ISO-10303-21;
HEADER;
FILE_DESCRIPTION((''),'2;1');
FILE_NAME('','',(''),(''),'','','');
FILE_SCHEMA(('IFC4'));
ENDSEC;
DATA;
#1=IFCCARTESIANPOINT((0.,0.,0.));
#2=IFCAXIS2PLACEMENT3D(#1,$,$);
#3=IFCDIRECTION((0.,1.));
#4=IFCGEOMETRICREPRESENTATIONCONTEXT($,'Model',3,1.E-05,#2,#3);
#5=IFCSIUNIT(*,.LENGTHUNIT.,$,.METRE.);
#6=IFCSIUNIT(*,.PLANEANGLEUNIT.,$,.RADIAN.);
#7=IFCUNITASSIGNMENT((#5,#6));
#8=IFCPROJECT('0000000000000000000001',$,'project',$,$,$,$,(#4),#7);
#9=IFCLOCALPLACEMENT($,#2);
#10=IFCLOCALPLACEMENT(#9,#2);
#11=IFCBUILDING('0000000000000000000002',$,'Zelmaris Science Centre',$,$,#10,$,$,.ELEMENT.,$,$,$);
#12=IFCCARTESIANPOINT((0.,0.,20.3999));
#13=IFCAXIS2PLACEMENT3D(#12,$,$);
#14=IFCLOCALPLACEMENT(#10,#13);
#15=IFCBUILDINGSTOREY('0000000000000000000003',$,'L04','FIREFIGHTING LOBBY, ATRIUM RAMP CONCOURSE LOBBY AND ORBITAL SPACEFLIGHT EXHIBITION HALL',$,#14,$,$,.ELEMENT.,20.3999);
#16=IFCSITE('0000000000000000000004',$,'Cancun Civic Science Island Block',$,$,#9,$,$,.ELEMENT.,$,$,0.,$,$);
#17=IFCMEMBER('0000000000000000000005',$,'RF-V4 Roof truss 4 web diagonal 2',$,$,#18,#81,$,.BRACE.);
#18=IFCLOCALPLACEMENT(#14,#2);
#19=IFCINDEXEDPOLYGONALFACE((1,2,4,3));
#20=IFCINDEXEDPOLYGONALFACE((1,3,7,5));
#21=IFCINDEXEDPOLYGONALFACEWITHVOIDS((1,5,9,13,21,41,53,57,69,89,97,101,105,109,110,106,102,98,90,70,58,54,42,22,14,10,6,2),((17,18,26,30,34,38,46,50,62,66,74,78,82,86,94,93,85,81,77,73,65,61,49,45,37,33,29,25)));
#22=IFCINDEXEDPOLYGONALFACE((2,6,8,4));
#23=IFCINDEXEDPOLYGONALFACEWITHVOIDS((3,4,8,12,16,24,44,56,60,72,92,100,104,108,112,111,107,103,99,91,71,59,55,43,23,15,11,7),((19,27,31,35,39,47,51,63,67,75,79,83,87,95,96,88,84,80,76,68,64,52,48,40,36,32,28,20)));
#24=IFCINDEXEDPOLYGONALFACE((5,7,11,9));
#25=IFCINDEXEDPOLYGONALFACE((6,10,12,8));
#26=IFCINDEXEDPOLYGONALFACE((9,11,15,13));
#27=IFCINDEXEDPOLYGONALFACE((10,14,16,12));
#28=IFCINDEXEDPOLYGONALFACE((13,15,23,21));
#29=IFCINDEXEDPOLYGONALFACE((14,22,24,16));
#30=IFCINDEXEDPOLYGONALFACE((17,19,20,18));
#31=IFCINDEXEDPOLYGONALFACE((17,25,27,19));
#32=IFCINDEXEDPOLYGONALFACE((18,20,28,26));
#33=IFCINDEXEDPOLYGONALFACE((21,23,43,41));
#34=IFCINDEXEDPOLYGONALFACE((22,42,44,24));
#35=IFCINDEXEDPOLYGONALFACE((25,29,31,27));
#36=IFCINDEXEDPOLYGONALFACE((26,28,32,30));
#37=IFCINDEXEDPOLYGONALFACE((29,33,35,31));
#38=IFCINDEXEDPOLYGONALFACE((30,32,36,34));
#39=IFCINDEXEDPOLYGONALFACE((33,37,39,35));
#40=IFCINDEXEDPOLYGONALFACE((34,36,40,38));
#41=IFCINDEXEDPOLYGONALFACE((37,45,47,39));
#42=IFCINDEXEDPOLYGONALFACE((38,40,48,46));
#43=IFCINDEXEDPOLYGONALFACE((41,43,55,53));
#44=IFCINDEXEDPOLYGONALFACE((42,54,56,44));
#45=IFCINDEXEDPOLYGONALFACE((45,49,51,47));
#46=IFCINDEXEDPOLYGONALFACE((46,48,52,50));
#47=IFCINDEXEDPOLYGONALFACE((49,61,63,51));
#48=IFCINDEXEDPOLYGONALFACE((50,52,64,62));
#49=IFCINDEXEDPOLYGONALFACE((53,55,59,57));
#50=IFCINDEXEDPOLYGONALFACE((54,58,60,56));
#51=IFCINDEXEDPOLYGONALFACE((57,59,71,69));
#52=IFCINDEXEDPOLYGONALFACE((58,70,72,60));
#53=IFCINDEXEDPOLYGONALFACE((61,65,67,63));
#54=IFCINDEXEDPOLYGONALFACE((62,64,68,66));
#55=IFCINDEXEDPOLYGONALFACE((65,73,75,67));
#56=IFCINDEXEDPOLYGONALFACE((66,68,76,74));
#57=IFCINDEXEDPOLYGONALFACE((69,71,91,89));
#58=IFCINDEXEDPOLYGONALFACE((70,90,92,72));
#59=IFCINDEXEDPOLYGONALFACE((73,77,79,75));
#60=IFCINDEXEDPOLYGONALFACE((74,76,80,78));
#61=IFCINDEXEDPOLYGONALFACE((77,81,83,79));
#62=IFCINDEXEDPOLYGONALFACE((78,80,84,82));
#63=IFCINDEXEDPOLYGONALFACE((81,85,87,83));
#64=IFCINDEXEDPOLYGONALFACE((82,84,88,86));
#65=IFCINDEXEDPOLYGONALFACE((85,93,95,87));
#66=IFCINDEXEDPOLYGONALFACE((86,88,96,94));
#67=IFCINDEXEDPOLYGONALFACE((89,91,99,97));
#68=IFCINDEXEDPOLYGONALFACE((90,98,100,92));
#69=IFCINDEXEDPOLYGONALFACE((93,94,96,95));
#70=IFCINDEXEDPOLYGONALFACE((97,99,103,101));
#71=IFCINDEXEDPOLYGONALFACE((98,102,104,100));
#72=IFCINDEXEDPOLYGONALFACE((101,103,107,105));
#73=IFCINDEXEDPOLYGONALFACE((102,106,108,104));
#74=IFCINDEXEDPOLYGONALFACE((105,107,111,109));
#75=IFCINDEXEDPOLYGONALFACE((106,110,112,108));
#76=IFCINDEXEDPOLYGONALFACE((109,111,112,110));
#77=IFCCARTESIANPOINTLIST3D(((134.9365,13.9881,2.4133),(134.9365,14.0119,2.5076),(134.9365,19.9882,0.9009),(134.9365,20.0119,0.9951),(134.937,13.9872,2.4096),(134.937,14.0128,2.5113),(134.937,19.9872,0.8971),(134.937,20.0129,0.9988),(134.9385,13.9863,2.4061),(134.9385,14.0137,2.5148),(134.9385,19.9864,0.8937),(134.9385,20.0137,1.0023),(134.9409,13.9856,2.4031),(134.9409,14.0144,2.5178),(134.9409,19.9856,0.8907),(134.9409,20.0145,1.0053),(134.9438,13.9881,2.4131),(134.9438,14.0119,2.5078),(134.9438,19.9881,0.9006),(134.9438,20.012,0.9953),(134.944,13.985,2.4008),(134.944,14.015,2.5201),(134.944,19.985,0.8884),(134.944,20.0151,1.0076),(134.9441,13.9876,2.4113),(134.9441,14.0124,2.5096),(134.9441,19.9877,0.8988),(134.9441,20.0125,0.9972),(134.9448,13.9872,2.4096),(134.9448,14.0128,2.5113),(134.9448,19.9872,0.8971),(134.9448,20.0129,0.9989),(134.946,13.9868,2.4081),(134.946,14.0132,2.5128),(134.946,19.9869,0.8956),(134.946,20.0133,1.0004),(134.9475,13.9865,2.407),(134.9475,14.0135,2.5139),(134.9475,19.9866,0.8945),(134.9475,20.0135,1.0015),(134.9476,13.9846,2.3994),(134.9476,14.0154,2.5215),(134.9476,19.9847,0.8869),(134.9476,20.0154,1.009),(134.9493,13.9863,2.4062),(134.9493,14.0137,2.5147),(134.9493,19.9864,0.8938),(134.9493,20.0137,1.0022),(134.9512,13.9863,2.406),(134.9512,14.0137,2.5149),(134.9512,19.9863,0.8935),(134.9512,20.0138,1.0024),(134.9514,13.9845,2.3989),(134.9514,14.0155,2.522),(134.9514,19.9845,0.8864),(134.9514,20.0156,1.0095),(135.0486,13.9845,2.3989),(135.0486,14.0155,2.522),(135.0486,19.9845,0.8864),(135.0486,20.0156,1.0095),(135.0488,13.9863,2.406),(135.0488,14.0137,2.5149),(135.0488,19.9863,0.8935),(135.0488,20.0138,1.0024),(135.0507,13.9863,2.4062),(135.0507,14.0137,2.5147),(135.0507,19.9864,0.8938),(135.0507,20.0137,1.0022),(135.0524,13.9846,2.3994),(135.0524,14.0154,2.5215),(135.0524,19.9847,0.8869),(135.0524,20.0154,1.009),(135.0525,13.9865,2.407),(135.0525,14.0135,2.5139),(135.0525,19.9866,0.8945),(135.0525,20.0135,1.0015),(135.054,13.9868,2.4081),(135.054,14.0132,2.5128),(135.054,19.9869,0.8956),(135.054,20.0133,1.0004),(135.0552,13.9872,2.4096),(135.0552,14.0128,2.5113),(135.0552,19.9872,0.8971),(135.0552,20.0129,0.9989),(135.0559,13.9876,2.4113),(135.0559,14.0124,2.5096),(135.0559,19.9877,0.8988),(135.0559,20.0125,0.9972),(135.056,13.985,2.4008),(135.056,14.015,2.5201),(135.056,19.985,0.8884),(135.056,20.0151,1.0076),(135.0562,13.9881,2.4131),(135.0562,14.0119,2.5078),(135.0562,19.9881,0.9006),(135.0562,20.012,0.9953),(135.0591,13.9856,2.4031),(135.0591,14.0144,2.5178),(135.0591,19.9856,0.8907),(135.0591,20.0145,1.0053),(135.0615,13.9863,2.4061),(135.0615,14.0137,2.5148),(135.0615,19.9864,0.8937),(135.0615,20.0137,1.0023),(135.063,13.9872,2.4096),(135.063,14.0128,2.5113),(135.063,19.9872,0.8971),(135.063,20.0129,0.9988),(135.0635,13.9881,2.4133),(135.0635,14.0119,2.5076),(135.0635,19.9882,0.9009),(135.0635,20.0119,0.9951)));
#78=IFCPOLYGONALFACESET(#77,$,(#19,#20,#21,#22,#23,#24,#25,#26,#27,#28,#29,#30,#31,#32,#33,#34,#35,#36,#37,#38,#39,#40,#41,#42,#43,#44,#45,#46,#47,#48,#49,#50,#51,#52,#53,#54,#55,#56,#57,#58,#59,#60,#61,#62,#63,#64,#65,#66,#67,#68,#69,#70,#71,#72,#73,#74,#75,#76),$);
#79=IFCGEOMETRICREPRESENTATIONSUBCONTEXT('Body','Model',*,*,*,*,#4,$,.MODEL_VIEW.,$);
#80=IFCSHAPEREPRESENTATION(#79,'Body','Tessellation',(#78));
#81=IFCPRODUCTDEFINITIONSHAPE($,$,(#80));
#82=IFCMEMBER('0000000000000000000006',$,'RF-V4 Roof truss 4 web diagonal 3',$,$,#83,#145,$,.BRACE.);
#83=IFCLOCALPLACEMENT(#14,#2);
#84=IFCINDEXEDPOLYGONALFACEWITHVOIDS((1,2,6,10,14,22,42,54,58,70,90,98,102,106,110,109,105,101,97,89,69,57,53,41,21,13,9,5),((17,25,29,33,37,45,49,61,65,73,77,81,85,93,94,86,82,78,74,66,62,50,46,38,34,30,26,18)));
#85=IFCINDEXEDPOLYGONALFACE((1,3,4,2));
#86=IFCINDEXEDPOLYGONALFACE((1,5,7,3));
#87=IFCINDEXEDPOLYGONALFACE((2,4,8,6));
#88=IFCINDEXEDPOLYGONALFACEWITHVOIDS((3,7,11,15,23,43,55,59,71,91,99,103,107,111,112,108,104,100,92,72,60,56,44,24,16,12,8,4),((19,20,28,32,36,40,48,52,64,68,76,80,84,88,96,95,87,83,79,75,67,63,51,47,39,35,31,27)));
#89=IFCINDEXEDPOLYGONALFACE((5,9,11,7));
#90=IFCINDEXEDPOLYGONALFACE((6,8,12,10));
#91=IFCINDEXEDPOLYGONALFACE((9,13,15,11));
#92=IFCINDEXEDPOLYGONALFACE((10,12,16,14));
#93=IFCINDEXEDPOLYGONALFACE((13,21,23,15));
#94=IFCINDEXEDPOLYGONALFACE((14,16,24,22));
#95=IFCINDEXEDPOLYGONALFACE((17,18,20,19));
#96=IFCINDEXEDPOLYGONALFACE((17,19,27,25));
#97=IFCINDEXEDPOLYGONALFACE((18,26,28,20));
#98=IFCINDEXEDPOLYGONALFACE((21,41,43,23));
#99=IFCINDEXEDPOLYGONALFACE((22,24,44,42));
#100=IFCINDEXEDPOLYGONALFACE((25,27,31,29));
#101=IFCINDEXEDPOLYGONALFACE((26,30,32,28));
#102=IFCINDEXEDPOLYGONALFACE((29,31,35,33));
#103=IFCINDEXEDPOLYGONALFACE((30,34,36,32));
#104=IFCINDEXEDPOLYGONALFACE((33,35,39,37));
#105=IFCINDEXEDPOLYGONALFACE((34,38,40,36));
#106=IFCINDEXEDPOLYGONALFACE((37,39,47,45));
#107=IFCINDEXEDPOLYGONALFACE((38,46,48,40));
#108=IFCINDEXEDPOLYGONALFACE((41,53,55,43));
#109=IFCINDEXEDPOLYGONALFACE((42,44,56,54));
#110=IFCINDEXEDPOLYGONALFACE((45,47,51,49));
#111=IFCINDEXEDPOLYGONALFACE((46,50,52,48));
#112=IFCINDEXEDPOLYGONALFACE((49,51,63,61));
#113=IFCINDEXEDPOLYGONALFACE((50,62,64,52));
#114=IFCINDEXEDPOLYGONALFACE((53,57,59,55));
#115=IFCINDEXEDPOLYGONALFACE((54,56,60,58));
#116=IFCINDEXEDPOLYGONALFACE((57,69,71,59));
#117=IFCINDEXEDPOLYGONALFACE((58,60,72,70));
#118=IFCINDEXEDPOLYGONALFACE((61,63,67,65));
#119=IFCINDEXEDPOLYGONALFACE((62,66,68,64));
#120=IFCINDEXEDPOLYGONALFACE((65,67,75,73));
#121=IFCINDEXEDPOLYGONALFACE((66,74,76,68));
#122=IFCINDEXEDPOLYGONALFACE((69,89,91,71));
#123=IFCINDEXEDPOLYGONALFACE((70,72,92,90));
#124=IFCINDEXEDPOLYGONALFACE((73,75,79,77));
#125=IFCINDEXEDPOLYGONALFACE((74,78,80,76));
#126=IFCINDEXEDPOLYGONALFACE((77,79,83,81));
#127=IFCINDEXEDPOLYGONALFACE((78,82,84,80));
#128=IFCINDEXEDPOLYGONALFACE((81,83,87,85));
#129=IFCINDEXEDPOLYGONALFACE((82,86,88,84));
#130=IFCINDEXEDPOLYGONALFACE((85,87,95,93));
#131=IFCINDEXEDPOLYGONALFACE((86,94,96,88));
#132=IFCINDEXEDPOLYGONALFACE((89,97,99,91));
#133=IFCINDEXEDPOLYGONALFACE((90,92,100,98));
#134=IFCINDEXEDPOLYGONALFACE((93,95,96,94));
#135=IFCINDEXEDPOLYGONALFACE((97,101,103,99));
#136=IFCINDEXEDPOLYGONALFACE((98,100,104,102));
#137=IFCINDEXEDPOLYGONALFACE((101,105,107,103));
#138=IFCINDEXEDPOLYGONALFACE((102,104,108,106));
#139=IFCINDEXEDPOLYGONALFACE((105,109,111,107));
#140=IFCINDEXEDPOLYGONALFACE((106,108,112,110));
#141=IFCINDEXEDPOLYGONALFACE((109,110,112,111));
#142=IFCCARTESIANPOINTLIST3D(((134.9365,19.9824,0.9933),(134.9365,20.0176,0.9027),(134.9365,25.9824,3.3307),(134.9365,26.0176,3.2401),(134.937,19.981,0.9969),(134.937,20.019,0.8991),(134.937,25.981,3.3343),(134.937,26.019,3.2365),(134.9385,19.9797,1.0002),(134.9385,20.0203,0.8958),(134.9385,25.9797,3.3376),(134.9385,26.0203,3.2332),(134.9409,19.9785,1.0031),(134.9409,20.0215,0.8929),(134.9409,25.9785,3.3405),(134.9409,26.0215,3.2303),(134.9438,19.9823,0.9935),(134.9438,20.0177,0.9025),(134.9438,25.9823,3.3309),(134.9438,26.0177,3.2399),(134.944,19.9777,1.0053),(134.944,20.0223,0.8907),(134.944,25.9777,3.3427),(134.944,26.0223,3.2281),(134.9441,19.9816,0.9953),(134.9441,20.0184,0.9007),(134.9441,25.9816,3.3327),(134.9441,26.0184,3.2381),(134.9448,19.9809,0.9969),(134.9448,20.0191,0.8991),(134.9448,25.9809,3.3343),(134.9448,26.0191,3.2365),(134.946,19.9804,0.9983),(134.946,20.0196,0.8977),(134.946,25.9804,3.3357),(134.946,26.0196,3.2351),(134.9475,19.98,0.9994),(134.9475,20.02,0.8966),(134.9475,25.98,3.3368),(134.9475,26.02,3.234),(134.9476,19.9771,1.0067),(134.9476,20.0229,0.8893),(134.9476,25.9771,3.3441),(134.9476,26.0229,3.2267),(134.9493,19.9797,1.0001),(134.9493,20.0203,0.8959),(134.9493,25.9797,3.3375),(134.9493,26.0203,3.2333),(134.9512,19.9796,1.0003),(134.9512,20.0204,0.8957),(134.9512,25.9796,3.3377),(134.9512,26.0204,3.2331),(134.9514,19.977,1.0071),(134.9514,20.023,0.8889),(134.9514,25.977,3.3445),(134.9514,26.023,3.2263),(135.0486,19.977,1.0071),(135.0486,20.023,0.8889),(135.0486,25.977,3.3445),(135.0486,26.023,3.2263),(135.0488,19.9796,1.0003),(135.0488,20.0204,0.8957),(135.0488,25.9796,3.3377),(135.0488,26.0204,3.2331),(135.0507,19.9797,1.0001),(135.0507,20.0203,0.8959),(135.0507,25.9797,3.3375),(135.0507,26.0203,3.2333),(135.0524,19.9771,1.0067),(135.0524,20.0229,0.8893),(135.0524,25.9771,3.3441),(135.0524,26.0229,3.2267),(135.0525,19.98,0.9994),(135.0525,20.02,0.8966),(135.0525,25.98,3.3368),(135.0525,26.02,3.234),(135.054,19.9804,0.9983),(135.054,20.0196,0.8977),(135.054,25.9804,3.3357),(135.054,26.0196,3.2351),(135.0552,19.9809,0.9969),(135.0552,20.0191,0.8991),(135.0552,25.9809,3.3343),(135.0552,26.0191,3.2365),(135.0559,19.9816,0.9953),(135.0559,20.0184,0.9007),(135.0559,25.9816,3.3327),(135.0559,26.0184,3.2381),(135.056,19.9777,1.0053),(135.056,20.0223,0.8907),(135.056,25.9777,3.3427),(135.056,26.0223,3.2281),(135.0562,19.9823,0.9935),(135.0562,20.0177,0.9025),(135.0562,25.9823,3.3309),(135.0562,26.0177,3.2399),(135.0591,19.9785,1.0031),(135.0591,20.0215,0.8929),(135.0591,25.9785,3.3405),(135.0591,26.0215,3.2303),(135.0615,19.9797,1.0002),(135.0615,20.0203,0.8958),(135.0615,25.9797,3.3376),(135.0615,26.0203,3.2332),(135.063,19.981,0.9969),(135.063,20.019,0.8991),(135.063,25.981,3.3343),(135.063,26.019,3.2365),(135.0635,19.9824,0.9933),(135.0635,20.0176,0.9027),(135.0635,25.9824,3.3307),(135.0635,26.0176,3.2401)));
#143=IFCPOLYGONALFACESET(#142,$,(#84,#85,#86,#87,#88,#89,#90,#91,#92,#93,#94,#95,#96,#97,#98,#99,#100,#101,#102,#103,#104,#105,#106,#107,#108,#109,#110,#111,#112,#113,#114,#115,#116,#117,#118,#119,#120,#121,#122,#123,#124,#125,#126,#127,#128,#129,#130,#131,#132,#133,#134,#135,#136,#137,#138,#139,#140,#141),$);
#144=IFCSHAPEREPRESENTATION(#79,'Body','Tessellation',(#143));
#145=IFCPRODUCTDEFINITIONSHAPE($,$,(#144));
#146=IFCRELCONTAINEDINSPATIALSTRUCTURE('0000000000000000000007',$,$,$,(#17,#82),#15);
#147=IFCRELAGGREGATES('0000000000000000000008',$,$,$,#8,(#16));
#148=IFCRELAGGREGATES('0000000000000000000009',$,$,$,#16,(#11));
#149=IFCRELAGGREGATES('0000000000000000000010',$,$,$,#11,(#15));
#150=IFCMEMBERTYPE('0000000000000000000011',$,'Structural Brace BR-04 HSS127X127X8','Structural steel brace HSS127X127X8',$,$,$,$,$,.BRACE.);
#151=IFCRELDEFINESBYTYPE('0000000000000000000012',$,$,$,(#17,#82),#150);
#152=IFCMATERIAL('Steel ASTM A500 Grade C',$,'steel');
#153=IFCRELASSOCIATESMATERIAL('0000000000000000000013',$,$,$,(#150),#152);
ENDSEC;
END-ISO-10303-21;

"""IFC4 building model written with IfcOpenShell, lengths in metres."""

from ifc_helpers import new_model, si_unit, direction, frame, origin, origin_2d, place, context, subcontext, project, spatial, hollow_rectangle, extrude, material, material_profile, profile_set, type_object, element, save


model = new_model("IFC4")

# Units and contexts
model_context = context("Model", 3, precision=1e-05, world=origin(), true_north=direction((0.0, 1.0)))
body_context = subcontext(model_context, "Body", "Model", "MODEL_VIEW")
ifc_project = project(units=[si_unit("LENGTHUNIT", "METRE"), si_unit("PLANEANGLEUNIT", "RADIAN")], contexts=[model_context])

# Site, building, storey
site_placement = place(None, origin())
site = spatial("IfcSite", under=ifc_project, at=site_placement, Name="Cancun Civic Science Island Block", CompositionType="ELEMENT", RefElevation=0.0)
building_placement = place(site_placement, origin())
building = spatial("IfcBuilding", under=site, at=building_placement, Name="Zelmaris Science Centre", CompositionType="ELEMENT")
storey_placement = place(building_placement, frame((0.0, 0.0, 20.3999)))
storey = spatial("IfcBuildingStorey", under=building, at=storey_placement, Name="L04", Description="FIREFIGHTING LOBBY, ATRIUM RAMP CONCOURSE LOBBY AND ORBITAL SPACEFLIGHT EXHIBITION HALL", CompositionType="ELEMENT", Elevation=20.3999)

# Shared definitions
ifc_material = material(Name="Steel ASTM A500 Grade C", Category="steel")

# Members
ifc_material_profile_1 = material_profile(ifc_material, hollow_rectangle(XDim=0.127, YDim=0.127, WallThickness=0.0073, InnerFilletRadius=0.0073, OuterFilletRadius=0.0149, at=origin_2d()), Name="HSS127X127X8")
ifc_profile_set_1 = profile_set([ifc_material_profile_1], Name="Steel ASTM A500 Grade C")
member_type_1 = type_object("IfcMemberType", Name="Structural Brace BR-04 HSS127X127X8", Description="Structural steel brace HSS127X127X8", PredefinedType="BRACE", material=ifc_profile_set_1)
for number, where, z_axis, x_axis, name in (
    (1, (135.0, 14.0, 2.4604), (0.0, 0.969667, -0.244429), (-1.0, 0.0, 0.0), "RF-V4 Roof truss 4 web diagonal 2"),
):
    element("IfcMember", number, at=place(storey_placement, frame(where, z_axis=z_axis, x_axis=x_axis)), inside=storey, type_object=member_type_1, Name=name, PredefinedType="BRACE", context=body_context, shape_type="SweptSolid", body=[
        extrude(hollow_rectangle(XDim=0.127, YDim=0.127, WallThickness=0.0073, InnerFilletRadius=0.0073, OuterFilletRadius=0.0149, at=origin_2d()), origin(), (0.0, 0.0, 1.0), 6.1877),
    ])
member_1_placement = place(storey_placement, frame((135.0, 20.0, 0.948), z_axis=(0.0, 0.931791, 0.362995), x_axis=(-1.0, 0.0, 0.0)))
element("IfcMember", 2, at=member_1_placement, inside=storey, type_object=member_type_1, Name="RF-V4 Roof truss 4 web diagonal 3", PredefinedType="BRACE", context=body_context, shape_type="SweptSolid", body=[
    extrude(hollow_rectangle(XDim=0.127, YDim=0.127, WallThickness=0.0073, InnerFilletRadius=0.0073, OuterFilletRadius=0.0149, at=origin_2d()), origin(), (0.0, 0.0, 1.0), 6.4392),
])

save(model, "model.ifc")
